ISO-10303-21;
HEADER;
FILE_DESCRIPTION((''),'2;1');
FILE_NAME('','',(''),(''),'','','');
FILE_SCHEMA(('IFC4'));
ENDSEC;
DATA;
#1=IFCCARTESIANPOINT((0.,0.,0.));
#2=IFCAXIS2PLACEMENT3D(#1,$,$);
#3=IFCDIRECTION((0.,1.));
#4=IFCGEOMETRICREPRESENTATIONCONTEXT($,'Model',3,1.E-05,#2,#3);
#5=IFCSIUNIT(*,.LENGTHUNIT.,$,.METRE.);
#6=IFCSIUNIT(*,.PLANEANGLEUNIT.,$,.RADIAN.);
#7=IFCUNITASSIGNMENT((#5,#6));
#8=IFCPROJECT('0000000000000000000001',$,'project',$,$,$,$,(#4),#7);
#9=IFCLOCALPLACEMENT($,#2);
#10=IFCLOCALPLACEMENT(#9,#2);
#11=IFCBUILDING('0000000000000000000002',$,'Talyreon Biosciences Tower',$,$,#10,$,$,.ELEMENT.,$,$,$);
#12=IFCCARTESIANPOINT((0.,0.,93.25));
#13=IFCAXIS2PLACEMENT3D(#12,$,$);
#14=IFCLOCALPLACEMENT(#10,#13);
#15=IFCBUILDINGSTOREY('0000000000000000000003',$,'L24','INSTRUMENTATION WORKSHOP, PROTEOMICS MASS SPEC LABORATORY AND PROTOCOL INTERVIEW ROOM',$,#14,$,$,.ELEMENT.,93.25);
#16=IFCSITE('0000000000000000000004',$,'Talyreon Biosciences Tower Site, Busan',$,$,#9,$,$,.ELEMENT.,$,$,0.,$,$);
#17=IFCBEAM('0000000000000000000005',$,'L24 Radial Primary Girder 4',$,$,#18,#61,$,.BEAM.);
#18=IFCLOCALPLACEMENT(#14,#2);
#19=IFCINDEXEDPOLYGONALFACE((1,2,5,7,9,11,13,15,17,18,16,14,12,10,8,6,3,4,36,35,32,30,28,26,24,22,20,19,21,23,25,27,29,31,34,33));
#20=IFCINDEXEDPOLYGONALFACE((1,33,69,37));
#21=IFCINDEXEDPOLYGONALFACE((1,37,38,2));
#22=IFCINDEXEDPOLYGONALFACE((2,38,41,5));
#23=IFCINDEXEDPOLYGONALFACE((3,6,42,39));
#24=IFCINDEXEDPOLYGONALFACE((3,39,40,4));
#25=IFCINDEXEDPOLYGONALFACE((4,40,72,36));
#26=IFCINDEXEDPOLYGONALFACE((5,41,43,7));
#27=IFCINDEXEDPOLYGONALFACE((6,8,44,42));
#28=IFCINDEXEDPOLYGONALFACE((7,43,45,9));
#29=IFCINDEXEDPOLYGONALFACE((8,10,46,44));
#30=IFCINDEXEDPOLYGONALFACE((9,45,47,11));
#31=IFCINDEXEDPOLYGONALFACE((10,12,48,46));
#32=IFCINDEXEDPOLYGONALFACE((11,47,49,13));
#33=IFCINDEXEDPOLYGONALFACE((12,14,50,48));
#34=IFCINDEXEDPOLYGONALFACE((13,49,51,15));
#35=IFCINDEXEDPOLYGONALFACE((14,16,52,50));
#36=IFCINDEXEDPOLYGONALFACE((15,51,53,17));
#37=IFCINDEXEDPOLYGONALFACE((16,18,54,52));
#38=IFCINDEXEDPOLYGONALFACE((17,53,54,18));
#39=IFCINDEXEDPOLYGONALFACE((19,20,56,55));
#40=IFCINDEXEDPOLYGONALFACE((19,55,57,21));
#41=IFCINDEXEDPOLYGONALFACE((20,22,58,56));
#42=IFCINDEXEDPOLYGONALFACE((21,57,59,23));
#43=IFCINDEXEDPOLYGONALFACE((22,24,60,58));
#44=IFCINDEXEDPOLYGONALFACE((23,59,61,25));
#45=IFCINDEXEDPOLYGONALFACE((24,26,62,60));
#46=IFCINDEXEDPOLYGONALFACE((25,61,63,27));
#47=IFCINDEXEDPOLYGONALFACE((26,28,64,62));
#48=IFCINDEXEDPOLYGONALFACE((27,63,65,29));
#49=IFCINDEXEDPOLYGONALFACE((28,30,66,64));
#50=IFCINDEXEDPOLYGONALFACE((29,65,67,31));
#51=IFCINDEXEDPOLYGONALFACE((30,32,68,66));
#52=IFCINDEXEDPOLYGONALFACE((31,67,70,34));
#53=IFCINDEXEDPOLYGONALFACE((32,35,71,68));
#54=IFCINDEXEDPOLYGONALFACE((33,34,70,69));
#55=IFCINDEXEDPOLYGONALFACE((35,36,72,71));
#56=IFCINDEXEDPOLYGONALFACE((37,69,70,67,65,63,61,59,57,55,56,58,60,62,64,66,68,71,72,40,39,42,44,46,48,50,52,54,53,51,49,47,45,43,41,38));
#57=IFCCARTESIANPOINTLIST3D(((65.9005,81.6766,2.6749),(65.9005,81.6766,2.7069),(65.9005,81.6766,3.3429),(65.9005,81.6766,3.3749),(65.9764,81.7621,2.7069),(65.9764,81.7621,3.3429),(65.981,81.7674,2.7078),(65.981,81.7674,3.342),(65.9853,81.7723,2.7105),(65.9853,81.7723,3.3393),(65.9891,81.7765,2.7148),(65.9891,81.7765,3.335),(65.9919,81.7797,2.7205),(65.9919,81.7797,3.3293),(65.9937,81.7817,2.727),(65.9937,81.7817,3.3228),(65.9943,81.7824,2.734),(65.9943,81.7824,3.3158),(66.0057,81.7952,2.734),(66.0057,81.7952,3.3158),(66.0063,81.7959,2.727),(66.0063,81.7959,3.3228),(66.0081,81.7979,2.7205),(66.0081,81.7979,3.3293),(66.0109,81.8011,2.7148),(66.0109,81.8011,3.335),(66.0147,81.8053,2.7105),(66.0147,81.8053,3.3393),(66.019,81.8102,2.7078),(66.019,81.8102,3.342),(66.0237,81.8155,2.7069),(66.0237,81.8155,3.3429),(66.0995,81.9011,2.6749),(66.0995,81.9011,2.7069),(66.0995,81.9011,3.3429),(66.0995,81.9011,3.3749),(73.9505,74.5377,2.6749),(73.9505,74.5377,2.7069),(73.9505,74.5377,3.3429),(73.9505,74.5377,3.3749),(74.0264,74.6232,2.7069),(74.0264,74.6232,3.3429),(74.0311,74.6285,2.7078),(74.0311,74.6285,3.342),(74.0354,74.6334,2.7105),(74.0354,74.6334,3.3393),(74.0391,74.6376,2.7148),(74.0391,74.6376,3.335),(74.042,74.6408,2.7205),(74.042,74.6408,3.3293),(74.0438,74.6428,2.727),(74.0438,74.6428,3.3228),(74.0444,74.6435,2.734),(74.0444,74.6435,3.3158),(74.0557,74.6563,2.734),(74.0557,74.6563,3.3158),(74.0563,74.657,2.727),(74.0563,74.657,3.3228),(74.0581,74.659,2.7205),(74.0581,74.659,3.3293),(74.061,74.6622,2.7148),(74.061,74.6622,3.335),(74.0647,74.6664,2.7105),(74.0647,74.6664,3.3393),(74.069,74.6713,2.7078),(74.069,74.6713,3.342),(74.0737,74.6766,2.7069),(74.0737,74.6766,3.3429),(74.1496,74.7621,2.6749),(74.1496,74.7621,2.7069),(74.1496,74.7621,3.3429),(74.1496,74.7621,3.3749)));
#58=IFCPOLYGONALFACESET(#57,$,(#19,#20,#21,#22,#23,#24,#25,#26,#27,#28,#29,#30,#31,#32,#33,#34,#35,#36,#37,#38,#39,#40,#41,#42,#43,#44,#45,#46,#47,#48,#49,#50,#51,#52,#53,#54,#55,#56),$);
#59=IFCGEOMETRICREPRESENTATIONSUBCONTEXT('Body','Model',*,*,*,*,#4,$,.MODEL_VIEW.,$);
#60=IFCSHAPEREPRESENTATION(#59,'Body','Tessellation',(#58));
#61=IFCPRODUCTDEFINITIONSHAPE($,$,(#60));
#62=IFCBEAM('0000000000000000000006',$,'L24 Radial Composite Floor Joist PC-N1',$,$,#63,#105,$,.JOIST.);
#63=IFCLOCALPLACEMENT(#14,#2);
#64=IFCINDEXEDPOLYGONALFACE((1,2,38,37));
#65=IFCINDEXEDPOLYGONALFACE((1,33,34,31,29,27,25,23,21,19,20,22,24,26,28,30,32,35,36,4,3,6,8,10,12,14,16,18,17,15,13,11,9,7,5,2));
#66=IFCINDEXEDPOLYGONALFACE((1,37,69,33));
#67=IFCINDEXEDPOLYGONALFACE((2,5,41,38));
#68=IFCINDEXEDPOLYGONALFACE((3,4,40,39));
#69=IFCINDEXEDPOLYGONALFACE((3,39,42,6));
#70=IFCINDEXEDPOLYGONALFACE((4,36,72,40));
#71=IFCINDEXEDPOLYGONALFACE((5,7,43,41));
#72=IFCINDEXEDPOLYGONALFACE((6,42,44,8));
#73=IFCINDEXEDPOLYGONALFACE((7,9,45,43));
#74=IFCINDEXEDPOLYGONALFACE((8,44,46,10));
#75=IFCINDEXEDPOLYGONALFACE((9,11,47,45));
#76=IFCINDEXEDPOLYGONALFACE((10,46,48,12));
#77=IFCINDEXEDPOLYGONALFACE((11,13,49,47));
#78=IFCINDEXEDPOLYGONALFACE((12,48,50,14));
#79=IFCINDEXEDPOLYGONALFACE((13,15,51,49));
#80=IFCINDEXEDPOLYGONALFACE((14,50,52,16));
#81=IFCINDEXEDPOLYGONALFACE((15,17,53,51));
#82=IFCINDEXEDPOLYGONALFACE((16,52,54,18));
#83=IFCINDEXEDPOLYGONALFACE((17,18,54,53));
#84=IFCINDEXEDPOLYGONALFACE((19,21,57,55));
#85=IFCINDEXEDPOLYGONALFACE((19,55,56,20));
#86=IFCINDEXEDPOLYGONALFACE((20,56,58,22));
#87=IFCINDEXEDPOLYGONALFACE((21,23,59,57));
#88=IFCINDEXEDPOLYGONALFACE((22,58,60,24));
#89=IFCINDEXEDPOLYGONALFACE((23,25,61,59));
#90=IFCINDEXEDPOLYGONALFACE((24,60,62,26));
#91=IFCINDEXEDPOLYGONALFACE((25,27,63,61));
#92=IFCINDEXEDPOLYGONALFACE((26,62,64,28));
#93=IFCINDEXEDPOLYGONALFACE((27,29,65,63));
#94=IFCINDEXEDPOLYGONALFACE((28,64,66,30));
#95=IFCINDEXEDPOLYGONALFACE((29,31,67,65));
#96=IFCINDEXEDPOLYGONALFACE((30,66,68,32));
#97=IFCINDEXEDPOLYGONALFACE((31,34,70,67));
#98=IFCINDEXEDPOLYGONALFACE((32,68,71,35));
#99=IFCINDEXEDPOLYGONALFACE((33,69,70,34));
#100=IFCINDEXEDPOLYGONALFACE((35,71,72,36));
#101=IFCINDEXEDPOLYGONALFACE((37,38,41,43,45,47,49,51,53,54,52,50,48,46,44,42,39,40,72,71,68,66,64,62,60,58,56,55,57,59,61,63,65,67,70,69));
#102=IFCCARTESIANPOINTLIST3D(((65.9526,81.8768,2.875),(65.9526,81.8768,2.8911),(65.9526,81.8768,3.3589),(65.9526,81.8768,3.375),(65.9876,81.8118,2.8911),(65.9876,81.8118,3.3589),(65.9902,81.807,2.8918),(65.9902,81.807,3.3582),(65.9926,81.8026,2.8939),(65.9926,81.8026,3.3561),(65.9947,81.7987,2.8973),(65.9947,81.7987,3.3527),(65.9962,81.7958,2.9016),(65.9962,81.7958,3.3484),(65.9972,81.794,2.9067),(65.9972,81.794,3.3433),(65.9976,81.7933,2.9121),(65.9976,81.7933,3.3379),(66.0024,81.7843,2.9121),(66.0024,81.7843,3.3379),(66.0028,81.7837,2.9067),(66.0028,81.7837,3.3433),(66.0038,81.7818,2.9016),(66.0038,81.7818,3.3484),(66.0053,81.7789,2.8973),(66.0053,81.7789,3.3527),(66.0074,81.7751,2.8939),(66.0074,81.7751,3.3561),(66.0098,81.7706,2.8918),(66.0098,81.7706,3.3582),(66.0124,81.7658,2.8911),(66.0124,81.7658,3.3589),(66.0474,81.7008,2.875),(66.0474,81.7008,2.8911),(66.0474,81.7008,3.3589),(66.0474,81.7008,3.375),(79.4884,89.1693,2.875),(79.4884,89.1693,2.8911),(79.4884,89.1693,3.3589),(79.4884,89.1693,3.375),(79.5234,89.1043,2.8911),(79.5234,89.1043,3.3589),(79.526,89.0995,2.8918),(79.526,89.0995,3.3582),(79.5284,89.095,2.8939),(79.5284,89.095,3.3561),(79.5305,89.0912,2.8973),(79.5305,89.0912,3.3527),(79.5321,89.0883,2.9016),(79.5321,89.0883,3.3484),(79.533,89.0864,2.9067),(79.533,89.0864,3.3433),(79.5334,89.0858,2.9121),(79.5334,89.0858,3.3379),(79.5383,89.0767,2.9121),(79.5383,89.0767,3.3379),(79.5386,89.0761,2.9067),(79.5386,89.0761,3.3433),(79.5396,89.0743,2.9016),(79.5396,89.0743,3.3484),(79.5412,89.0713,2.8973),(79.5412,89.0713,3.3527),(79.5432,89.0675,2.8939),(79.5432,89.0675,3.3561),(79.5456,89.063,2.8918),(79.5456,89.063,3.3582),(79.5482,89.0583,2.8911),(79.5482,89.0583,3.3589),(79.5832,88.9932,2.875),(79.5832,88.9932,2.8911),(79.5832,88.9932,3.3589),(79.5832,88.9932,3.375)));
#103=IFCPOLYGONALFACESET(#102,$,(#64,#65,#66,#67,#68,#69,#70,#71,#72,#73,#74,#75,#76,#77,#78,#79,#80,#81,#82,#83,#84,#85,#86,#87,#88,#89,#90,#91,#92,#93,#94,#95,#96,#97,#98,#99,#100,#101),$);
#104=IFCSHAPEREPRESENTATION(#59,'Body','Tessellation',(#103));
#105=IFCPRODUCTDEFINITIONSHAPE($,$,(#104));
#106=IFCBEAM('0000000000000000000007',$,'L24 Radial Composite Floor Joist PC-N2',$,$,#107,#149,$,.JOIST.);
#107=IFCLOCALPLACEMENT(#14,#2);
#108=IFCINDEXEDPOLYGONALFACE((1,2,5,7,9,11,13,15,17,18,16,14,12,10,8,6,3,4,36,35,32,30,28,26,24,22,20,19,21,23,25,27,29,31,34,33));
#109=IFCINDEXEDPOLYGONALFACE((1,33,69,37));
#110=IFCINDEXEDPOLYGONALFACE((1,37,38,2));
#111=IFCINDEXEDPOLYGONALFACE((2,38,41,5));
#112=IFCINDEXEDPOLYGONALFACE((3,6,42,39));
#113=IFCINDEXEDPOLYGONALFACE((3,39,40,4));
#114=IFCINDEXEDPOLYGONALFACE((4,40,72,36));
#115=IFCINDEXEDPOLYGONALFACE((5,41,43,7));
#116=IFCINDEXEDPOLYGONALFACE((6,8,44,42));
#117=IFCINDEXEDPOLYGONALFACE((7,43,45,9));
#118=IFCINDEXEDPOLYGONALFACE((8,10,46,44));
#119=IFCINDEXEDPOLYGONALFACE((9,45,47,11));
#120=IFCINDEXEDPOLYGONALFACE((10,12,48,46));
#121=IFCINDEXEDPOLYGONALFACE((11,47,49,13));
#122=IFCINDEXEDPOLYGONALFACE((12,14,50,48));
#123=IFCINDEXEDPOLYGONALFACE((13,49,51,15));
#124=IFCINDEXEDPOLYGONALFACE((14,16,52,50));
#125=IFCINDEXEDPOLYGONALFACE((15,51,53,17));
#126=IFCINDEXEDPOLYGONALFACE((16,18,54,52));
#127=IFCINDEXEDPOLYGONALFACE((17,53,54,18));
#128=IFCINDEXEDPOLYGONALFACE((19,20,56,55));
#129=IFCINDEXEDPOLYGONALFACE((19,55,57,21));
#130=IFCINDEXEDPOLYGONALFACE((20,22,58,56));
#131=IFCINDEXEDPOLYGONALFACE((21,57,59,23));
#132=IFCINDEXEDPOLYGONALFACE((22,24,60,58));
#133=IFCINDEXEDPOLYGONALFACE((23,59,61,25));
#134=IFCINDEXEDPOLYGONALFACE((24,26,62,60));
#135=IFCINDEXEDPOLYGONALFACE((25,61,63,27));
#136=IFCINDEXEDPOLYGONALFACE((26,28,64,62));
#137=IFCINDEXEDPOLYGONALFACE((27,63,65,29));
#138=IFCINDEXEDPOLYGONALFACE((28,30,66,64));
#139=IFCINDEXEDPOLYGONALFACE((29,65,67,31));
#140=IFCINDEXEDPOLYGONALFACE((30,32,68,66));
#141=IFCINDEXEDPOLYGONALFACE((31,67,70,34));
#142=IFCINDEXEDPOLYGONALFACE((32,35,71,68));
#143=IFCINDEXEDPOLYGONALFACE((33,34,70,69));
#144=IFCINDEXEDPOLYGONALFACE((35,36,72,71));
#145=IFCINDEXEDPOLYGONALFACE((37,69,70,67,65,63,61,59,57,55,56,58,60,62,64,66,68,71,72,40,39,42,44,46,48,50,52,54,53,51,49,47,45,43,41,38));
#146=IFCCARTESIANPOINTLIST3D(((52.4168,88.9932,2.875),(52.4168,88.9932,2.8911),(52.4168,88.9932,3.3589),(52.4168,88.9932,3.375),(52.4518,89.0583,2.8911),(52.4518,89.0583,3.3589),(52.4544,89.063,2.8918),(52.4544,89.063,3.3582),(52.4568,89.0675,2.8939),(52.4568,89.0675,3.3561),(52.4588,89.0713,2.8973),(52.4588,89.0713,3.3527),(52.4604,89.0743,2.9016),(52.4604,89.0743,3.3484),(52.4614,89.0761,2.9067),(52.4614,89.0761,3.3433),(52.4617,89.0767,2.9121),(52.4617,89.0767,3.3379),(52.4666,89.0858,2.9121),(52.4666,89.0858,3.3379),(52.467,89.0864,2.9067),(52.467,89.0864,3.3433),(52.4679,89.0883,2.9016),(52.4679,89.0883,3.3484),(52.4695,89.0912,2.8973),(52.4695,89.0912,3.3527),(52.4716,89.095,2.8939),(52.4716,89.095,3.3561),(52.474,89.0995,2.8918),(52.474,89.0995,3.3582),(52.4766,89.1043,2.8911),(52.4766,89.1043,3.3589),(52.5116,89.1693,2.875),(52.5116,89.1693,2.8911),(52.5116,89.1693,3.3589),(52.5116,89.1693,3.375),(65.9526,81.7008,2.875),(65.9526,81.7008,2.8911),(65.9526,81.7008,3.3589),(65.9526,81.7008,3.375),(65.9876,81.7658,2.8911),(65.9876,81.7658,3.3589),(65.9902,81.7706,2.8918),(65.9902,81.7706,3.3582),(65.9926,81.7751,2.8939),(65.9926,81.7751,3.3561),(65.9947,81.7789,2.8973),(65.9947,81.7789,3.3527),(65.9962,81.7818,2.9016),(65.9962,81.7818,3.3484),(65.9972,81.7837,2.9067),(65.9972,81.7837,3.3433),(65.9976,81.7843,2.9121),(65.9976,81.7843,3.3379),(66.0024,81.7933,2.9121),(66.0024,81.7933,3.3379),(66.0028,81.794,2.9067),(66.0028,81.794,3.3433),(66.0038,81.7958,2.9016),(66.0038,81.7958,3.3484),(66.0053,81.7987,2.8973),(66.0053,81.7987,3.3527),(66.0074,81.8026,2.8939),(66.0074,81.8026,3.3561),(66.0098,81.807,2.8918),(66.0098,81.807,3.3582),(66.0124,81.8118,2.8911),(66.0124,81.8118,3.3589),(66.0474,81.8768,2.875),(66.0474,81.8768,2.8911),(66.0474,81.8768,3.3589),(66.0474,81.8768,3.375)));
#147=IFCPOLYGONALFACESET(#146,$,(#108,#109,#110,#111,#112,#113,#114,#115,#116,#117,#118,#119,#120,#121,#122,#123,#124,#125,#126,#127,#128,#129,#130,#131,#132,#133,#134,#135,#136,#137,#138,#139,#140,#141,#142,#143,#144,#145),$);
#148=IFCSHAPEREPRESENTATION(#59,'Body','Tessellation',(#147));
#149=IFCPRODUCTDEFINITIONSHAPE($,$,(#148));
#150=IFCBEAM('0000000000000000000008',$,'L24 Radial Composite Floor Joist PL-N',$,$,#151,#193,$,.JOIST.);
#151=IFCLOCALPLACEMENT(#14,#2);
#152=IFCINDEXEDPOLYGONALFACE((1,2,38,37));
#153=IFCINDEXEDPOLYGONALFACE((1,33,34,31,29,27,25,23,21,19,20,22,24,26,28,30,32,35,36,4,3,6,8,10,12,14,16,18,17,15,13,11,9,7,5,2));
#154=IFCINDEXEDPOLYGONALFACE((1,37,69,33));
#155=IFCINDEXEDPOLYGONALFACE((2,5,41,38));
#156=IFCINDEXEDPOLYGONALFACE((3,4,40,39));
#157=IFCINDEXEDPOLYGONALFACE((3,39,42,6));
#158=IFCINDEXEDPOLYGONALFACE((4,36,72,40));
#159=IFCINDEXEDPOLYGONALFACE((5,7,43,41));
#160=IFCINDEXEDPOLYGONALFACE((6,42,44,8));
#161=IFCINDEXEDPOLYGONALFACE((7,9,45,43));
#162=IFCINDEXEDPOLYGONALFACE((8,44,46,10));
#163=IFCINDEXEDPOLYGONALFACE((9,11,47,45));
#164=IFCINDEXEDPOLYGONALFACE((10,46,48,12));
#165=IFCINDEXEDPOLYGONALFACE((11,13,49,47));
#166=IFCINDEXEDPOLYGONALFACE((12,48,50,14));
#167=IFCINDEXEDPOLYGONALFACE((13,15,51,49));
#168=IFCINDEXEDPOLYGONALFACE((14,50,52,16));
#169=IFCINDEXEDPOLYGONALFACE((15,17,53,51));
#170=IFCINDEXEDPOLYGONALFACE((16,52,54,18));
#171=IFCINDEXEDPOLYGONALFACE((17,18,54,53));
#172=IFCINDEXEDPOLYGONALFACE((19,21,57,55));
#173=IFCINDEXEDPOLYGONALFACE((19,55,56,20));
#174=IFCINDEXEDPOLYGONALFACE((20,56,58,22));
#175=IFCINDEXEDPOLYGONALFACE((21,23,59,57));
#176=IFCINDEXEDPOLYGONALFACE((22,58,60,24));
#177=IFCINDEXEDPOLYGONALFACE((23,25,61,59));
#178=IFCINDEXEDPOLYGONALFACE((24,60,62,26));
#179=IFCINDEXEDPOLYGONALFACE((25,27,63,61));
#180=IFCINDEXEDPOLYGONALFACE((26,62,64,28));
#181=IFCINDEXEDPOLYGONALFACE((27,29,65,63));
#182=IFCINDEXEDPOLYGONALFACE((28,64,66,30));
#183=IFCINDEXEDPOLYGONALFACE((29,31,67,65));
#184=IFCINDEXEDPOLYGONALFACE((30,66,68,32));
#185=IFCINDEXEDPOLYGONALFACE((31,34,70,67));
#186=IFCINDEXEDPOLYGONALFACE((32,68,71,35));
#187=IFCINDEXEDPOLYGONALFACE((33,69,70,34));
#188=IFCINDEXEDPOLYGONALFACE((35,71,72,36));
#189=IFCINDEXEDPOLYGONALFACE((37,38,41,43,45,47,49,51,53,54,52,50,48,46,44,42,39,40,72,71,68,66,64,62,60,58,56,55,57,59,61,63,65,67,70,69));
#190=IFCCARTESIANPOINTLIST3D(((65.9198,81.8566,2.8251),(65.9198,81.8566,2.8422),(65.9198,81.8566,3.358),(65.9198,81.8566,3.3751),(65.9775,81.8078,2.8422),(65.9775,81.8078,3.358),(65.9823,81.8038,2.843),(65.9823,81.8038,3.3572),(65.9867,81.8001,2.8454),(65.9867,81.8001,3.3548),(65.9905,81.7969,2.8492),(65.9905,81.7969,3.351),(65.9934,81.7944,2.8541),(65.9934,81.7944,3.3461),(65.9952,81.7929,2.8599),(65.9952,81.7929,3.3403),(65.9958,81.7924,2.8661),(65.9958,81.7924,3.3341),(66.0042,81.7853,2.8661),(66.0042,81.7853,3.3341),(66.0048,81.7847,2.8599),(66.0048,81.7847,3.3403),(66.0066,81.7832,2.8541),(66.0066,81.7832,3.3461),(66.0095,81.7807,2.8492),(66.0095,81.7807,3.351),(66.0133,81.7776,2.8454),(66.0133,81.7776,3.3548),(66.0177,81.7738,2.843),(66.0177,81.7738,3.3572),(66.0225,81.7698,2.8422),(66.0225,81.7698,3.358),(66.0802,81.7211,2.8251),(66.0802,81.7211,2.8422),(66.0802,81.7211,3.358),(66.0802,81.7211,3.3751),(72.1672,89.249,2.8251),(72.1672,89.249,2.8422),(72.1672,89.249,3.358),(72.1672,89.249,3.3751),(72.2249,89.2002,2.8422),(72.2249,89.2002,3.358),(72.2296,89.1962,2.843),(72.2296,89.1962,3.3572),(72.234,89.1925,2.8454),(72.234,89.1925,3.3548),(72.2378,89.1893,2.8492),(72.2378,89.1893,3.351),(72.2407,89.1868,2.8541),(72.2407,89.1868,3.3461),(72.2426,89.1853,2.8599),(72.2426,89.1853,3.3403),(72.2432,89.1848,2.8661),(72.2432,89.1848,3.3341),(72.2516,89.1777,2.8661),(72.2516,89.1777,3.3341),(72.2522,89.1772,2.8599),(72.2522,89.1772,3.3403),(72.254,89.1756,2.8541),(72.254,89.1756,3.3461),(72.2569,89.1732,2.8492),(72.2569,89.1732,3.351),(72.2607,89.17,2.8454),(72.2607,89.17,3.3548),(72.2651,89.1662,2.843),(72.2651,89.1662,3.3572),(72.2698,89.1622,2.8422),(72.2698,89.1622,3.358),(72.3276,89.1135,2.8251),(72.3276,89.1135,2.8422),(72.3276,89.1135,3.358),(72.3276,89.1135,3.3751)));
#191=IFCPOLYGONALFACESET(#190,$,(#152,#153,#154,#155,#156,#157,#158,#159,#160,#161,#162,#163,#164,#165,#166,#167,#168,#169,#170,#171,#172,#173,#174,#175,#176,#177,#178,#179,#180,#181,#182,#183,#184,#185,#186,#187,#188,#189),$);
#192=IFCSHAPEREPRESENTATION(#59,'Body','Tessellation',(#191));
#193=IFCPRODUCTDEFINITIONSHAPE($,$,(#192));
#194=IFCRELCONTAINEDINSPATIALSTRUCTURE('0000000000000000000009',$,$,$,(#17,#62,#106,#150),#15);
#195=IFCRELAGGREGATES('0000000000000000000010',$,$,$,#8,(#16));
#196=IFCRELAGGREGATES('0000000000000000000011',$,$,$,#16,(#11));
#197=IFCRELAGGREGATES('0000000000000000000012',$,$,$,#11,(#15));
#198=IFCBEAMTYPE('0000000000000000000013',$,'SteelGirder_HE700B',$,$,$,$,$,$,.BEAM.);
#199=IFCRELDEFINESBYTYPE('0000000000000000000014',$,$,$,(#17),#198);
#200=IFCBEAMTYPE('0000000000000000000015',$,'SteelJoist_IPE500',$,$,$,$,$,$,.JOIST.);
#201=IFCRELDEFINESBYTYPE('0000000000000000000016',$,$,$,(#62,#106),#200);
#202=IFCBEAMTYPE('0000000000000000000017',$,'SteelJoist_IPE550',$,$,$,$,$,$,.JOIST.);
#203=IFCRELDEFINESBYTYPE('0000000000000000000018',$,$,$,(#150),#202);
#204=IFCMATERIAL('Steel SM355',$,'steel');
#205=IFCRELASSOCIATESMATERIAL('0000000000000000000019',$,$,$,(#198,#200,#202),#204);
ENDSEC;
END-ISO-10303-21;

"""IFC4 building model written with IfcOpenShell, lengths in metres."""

from ifc_helpers import new_model, si_unit, direction, frame, origin, origin_2d, place, context, subcontext, project, spatial, i_section, extrude, material, material_profile, profile_set, type_object, element, save


model = new_model("IFC4")

# Units and contexts
model_context = context("Model", 3, precision=1e-05, world=origin(), true_north=direction((0.0, 1.0)))
body_context = subcontext(model_context, "Body", "Model", "MODEL_VIEW")
ifc_project = project(units=[si_unit("LENGTHUNIT", "METRE"), si_unit("PLANEANGLEUNIT", "RADIAN")], contexts=[model_context])

# Site, building, storey
site_placement = place(None, origin())
site = spatial("IfcSite", under=ifc_project, at=site_placement, Name="Talyreon Biosciences Tower Site, Busan", CompositionType="ELEMENT", RefElevation=0.0)
building_placement = place(site_placement, origin())
building = spatial("IfcBuilding", under=site, at=building_placement, Name="Talyreon Biosciences Tower", CompositionType="ELEMENT")
storey_placement = place(building_placement, frame((0.0, 0.0, 93.25)))
storey = spatial("IfcBuildingStorey", under=building, at=storey_placement, Name="L24", Description="INSTRUMENTATION WORKSHOP, PROTEOMICS MASS SPEC LABORATORY AND PROTOCOL INTERVIEW ROOM", CompositionType="ELEMENT", Elevation=93.25)

# Beams
ifc_material_1 = material(Name="Steel SM355", Category="steel")
ifc_material_profile_1 = material_profile(ifc_material_1, i_section(OverallWidth=0.3, OverallDepth=0.7, WebThickness=0.0171, FlangeThickness=0.032, FilletRadius=0.0271, at=origin_2d()), Name="HE700B")
ifc_profile_set_1 = profile_set([ifc_material_profile_1], Name="Steel SM355")
beam_type_1 = type_object("IfcBeamType", Name="SteelGirder_HE700B", PredefinedType="BEAM", material=ifc_profile_set_1)
beam_1_placement = place(storey_placement, frame((74.05, 74.6499, 3.0249), z_axis=(-0.748179, 0.663497, 0.0), x_axis=(-0.663497, -0.748179, 0.0)))
element("IfcBeam", 1, at=beam_1_placement, inside=storey, type_object=beam_type_1, Name="L24 Radial Primary Girder 4", PredefinedType="BEAM", context=body_context, shape_type="SweptSolid", body=[
    extrude(i_section(OverallWidth=0.3, OverallDepth=0.7, WebThickness=0.0171, FlangeThickness=0.032, FilletRadius=0.0271, at=origin_2d()), origin(), (0.0, 0.0, 1.0), 10.7595),
])
ifc_material_profile_2 = material_profile(ifc_material_1, i_section(OverallWidth=0.2, OverallDepth=0.5, WebThickness=0.0103, FlangeThickness=0.0161, FilletRadius=0.021, at=origin_2d()), Name="IPE500")
ifc_profile_set_2 = profile_set([ifc_material_profile_2], Name="Steel SM355")
beam_type_2 = type_object("IfcBeamType", Name="SteelJoist_IPE500", PredefinedType="JOIST", material=ifc_profile_set_2)
for number, where, z_axis, x_axis, name in (
    (2, (66.0, 81.7888, 3.125), (0.880365, 0.474298, 0.0), (-0.474298, 0.880365, 0.0), "L24 Radial Composite Floor Joist PC-N1"),
    (3, (66.0, 81.7888, 3.125), (-0.880365, 0.474298, 0.0), (-0.474298, -0.880365, 0.0), "L24 Radial Composite Floor Joist PC-N2"),
):
    element("IfcBeam", number, at=place(storey_placement, frame(where, z_axis=z_axis, x_axis=x_axis)), inside=storey, type_object=beam_type_2, Name=name, PredefinedType="JOIST", context=body_context, shape_type="SweptSolid", body=[
        extrude(i_section(OverallWidth=0.2, OverallDepth=0.5, WebThickness=0.0103, FlangeThickness=0.0161, FilletRadius=0.021, at=origin_2d()), origin(), (0.0, 0.0, 1.0), 15.3752),
    ])
ifc_material_profile_3 = material_profile(ifc_material_1, i_section(OverallWidth=0.21, OverallDepth=0.55, WebThickness=0.011, FlangeThickness=0.0171, FilletRadius=0.0239, at=origin_2d()), Name="IPE550")
ifc_profile_set_3 = profile_set([ifc_material_profile_3], Name="Steel SM355")
beam_type_3 = type_object("IfcBeamType", Name="SteelJoist_IPE550", PredefinedType="JOIST", material=ifc_profile_set_3)
beam_2_placement = place(storey_placement, frame((66.0, 81.7888, 3.1001), z_axis=(0.645476, 0.76378, 0.0), x_axis=(-0.76378, 0.645476, 0.0)))
element("IfcBeam", 4, at=beam_2_placement, inside=storey, type_object=beam_type_3, Name="L24 Radial Composite Floor Joist PL-N", PredefinedType="JOIST", context=body_context, shape_type="SweptSolid", body=[
    extrude(i_section(OverallWidth=0.21, OverallDepth=0.55, WebThickness=0.011, FlangeThickness=0.0171, FilletRadius=0.0239, at=origin_2d()), origin(), (0.0, 0.0, 1.0), 9.6787),
])

save(model, "model.ifc")
